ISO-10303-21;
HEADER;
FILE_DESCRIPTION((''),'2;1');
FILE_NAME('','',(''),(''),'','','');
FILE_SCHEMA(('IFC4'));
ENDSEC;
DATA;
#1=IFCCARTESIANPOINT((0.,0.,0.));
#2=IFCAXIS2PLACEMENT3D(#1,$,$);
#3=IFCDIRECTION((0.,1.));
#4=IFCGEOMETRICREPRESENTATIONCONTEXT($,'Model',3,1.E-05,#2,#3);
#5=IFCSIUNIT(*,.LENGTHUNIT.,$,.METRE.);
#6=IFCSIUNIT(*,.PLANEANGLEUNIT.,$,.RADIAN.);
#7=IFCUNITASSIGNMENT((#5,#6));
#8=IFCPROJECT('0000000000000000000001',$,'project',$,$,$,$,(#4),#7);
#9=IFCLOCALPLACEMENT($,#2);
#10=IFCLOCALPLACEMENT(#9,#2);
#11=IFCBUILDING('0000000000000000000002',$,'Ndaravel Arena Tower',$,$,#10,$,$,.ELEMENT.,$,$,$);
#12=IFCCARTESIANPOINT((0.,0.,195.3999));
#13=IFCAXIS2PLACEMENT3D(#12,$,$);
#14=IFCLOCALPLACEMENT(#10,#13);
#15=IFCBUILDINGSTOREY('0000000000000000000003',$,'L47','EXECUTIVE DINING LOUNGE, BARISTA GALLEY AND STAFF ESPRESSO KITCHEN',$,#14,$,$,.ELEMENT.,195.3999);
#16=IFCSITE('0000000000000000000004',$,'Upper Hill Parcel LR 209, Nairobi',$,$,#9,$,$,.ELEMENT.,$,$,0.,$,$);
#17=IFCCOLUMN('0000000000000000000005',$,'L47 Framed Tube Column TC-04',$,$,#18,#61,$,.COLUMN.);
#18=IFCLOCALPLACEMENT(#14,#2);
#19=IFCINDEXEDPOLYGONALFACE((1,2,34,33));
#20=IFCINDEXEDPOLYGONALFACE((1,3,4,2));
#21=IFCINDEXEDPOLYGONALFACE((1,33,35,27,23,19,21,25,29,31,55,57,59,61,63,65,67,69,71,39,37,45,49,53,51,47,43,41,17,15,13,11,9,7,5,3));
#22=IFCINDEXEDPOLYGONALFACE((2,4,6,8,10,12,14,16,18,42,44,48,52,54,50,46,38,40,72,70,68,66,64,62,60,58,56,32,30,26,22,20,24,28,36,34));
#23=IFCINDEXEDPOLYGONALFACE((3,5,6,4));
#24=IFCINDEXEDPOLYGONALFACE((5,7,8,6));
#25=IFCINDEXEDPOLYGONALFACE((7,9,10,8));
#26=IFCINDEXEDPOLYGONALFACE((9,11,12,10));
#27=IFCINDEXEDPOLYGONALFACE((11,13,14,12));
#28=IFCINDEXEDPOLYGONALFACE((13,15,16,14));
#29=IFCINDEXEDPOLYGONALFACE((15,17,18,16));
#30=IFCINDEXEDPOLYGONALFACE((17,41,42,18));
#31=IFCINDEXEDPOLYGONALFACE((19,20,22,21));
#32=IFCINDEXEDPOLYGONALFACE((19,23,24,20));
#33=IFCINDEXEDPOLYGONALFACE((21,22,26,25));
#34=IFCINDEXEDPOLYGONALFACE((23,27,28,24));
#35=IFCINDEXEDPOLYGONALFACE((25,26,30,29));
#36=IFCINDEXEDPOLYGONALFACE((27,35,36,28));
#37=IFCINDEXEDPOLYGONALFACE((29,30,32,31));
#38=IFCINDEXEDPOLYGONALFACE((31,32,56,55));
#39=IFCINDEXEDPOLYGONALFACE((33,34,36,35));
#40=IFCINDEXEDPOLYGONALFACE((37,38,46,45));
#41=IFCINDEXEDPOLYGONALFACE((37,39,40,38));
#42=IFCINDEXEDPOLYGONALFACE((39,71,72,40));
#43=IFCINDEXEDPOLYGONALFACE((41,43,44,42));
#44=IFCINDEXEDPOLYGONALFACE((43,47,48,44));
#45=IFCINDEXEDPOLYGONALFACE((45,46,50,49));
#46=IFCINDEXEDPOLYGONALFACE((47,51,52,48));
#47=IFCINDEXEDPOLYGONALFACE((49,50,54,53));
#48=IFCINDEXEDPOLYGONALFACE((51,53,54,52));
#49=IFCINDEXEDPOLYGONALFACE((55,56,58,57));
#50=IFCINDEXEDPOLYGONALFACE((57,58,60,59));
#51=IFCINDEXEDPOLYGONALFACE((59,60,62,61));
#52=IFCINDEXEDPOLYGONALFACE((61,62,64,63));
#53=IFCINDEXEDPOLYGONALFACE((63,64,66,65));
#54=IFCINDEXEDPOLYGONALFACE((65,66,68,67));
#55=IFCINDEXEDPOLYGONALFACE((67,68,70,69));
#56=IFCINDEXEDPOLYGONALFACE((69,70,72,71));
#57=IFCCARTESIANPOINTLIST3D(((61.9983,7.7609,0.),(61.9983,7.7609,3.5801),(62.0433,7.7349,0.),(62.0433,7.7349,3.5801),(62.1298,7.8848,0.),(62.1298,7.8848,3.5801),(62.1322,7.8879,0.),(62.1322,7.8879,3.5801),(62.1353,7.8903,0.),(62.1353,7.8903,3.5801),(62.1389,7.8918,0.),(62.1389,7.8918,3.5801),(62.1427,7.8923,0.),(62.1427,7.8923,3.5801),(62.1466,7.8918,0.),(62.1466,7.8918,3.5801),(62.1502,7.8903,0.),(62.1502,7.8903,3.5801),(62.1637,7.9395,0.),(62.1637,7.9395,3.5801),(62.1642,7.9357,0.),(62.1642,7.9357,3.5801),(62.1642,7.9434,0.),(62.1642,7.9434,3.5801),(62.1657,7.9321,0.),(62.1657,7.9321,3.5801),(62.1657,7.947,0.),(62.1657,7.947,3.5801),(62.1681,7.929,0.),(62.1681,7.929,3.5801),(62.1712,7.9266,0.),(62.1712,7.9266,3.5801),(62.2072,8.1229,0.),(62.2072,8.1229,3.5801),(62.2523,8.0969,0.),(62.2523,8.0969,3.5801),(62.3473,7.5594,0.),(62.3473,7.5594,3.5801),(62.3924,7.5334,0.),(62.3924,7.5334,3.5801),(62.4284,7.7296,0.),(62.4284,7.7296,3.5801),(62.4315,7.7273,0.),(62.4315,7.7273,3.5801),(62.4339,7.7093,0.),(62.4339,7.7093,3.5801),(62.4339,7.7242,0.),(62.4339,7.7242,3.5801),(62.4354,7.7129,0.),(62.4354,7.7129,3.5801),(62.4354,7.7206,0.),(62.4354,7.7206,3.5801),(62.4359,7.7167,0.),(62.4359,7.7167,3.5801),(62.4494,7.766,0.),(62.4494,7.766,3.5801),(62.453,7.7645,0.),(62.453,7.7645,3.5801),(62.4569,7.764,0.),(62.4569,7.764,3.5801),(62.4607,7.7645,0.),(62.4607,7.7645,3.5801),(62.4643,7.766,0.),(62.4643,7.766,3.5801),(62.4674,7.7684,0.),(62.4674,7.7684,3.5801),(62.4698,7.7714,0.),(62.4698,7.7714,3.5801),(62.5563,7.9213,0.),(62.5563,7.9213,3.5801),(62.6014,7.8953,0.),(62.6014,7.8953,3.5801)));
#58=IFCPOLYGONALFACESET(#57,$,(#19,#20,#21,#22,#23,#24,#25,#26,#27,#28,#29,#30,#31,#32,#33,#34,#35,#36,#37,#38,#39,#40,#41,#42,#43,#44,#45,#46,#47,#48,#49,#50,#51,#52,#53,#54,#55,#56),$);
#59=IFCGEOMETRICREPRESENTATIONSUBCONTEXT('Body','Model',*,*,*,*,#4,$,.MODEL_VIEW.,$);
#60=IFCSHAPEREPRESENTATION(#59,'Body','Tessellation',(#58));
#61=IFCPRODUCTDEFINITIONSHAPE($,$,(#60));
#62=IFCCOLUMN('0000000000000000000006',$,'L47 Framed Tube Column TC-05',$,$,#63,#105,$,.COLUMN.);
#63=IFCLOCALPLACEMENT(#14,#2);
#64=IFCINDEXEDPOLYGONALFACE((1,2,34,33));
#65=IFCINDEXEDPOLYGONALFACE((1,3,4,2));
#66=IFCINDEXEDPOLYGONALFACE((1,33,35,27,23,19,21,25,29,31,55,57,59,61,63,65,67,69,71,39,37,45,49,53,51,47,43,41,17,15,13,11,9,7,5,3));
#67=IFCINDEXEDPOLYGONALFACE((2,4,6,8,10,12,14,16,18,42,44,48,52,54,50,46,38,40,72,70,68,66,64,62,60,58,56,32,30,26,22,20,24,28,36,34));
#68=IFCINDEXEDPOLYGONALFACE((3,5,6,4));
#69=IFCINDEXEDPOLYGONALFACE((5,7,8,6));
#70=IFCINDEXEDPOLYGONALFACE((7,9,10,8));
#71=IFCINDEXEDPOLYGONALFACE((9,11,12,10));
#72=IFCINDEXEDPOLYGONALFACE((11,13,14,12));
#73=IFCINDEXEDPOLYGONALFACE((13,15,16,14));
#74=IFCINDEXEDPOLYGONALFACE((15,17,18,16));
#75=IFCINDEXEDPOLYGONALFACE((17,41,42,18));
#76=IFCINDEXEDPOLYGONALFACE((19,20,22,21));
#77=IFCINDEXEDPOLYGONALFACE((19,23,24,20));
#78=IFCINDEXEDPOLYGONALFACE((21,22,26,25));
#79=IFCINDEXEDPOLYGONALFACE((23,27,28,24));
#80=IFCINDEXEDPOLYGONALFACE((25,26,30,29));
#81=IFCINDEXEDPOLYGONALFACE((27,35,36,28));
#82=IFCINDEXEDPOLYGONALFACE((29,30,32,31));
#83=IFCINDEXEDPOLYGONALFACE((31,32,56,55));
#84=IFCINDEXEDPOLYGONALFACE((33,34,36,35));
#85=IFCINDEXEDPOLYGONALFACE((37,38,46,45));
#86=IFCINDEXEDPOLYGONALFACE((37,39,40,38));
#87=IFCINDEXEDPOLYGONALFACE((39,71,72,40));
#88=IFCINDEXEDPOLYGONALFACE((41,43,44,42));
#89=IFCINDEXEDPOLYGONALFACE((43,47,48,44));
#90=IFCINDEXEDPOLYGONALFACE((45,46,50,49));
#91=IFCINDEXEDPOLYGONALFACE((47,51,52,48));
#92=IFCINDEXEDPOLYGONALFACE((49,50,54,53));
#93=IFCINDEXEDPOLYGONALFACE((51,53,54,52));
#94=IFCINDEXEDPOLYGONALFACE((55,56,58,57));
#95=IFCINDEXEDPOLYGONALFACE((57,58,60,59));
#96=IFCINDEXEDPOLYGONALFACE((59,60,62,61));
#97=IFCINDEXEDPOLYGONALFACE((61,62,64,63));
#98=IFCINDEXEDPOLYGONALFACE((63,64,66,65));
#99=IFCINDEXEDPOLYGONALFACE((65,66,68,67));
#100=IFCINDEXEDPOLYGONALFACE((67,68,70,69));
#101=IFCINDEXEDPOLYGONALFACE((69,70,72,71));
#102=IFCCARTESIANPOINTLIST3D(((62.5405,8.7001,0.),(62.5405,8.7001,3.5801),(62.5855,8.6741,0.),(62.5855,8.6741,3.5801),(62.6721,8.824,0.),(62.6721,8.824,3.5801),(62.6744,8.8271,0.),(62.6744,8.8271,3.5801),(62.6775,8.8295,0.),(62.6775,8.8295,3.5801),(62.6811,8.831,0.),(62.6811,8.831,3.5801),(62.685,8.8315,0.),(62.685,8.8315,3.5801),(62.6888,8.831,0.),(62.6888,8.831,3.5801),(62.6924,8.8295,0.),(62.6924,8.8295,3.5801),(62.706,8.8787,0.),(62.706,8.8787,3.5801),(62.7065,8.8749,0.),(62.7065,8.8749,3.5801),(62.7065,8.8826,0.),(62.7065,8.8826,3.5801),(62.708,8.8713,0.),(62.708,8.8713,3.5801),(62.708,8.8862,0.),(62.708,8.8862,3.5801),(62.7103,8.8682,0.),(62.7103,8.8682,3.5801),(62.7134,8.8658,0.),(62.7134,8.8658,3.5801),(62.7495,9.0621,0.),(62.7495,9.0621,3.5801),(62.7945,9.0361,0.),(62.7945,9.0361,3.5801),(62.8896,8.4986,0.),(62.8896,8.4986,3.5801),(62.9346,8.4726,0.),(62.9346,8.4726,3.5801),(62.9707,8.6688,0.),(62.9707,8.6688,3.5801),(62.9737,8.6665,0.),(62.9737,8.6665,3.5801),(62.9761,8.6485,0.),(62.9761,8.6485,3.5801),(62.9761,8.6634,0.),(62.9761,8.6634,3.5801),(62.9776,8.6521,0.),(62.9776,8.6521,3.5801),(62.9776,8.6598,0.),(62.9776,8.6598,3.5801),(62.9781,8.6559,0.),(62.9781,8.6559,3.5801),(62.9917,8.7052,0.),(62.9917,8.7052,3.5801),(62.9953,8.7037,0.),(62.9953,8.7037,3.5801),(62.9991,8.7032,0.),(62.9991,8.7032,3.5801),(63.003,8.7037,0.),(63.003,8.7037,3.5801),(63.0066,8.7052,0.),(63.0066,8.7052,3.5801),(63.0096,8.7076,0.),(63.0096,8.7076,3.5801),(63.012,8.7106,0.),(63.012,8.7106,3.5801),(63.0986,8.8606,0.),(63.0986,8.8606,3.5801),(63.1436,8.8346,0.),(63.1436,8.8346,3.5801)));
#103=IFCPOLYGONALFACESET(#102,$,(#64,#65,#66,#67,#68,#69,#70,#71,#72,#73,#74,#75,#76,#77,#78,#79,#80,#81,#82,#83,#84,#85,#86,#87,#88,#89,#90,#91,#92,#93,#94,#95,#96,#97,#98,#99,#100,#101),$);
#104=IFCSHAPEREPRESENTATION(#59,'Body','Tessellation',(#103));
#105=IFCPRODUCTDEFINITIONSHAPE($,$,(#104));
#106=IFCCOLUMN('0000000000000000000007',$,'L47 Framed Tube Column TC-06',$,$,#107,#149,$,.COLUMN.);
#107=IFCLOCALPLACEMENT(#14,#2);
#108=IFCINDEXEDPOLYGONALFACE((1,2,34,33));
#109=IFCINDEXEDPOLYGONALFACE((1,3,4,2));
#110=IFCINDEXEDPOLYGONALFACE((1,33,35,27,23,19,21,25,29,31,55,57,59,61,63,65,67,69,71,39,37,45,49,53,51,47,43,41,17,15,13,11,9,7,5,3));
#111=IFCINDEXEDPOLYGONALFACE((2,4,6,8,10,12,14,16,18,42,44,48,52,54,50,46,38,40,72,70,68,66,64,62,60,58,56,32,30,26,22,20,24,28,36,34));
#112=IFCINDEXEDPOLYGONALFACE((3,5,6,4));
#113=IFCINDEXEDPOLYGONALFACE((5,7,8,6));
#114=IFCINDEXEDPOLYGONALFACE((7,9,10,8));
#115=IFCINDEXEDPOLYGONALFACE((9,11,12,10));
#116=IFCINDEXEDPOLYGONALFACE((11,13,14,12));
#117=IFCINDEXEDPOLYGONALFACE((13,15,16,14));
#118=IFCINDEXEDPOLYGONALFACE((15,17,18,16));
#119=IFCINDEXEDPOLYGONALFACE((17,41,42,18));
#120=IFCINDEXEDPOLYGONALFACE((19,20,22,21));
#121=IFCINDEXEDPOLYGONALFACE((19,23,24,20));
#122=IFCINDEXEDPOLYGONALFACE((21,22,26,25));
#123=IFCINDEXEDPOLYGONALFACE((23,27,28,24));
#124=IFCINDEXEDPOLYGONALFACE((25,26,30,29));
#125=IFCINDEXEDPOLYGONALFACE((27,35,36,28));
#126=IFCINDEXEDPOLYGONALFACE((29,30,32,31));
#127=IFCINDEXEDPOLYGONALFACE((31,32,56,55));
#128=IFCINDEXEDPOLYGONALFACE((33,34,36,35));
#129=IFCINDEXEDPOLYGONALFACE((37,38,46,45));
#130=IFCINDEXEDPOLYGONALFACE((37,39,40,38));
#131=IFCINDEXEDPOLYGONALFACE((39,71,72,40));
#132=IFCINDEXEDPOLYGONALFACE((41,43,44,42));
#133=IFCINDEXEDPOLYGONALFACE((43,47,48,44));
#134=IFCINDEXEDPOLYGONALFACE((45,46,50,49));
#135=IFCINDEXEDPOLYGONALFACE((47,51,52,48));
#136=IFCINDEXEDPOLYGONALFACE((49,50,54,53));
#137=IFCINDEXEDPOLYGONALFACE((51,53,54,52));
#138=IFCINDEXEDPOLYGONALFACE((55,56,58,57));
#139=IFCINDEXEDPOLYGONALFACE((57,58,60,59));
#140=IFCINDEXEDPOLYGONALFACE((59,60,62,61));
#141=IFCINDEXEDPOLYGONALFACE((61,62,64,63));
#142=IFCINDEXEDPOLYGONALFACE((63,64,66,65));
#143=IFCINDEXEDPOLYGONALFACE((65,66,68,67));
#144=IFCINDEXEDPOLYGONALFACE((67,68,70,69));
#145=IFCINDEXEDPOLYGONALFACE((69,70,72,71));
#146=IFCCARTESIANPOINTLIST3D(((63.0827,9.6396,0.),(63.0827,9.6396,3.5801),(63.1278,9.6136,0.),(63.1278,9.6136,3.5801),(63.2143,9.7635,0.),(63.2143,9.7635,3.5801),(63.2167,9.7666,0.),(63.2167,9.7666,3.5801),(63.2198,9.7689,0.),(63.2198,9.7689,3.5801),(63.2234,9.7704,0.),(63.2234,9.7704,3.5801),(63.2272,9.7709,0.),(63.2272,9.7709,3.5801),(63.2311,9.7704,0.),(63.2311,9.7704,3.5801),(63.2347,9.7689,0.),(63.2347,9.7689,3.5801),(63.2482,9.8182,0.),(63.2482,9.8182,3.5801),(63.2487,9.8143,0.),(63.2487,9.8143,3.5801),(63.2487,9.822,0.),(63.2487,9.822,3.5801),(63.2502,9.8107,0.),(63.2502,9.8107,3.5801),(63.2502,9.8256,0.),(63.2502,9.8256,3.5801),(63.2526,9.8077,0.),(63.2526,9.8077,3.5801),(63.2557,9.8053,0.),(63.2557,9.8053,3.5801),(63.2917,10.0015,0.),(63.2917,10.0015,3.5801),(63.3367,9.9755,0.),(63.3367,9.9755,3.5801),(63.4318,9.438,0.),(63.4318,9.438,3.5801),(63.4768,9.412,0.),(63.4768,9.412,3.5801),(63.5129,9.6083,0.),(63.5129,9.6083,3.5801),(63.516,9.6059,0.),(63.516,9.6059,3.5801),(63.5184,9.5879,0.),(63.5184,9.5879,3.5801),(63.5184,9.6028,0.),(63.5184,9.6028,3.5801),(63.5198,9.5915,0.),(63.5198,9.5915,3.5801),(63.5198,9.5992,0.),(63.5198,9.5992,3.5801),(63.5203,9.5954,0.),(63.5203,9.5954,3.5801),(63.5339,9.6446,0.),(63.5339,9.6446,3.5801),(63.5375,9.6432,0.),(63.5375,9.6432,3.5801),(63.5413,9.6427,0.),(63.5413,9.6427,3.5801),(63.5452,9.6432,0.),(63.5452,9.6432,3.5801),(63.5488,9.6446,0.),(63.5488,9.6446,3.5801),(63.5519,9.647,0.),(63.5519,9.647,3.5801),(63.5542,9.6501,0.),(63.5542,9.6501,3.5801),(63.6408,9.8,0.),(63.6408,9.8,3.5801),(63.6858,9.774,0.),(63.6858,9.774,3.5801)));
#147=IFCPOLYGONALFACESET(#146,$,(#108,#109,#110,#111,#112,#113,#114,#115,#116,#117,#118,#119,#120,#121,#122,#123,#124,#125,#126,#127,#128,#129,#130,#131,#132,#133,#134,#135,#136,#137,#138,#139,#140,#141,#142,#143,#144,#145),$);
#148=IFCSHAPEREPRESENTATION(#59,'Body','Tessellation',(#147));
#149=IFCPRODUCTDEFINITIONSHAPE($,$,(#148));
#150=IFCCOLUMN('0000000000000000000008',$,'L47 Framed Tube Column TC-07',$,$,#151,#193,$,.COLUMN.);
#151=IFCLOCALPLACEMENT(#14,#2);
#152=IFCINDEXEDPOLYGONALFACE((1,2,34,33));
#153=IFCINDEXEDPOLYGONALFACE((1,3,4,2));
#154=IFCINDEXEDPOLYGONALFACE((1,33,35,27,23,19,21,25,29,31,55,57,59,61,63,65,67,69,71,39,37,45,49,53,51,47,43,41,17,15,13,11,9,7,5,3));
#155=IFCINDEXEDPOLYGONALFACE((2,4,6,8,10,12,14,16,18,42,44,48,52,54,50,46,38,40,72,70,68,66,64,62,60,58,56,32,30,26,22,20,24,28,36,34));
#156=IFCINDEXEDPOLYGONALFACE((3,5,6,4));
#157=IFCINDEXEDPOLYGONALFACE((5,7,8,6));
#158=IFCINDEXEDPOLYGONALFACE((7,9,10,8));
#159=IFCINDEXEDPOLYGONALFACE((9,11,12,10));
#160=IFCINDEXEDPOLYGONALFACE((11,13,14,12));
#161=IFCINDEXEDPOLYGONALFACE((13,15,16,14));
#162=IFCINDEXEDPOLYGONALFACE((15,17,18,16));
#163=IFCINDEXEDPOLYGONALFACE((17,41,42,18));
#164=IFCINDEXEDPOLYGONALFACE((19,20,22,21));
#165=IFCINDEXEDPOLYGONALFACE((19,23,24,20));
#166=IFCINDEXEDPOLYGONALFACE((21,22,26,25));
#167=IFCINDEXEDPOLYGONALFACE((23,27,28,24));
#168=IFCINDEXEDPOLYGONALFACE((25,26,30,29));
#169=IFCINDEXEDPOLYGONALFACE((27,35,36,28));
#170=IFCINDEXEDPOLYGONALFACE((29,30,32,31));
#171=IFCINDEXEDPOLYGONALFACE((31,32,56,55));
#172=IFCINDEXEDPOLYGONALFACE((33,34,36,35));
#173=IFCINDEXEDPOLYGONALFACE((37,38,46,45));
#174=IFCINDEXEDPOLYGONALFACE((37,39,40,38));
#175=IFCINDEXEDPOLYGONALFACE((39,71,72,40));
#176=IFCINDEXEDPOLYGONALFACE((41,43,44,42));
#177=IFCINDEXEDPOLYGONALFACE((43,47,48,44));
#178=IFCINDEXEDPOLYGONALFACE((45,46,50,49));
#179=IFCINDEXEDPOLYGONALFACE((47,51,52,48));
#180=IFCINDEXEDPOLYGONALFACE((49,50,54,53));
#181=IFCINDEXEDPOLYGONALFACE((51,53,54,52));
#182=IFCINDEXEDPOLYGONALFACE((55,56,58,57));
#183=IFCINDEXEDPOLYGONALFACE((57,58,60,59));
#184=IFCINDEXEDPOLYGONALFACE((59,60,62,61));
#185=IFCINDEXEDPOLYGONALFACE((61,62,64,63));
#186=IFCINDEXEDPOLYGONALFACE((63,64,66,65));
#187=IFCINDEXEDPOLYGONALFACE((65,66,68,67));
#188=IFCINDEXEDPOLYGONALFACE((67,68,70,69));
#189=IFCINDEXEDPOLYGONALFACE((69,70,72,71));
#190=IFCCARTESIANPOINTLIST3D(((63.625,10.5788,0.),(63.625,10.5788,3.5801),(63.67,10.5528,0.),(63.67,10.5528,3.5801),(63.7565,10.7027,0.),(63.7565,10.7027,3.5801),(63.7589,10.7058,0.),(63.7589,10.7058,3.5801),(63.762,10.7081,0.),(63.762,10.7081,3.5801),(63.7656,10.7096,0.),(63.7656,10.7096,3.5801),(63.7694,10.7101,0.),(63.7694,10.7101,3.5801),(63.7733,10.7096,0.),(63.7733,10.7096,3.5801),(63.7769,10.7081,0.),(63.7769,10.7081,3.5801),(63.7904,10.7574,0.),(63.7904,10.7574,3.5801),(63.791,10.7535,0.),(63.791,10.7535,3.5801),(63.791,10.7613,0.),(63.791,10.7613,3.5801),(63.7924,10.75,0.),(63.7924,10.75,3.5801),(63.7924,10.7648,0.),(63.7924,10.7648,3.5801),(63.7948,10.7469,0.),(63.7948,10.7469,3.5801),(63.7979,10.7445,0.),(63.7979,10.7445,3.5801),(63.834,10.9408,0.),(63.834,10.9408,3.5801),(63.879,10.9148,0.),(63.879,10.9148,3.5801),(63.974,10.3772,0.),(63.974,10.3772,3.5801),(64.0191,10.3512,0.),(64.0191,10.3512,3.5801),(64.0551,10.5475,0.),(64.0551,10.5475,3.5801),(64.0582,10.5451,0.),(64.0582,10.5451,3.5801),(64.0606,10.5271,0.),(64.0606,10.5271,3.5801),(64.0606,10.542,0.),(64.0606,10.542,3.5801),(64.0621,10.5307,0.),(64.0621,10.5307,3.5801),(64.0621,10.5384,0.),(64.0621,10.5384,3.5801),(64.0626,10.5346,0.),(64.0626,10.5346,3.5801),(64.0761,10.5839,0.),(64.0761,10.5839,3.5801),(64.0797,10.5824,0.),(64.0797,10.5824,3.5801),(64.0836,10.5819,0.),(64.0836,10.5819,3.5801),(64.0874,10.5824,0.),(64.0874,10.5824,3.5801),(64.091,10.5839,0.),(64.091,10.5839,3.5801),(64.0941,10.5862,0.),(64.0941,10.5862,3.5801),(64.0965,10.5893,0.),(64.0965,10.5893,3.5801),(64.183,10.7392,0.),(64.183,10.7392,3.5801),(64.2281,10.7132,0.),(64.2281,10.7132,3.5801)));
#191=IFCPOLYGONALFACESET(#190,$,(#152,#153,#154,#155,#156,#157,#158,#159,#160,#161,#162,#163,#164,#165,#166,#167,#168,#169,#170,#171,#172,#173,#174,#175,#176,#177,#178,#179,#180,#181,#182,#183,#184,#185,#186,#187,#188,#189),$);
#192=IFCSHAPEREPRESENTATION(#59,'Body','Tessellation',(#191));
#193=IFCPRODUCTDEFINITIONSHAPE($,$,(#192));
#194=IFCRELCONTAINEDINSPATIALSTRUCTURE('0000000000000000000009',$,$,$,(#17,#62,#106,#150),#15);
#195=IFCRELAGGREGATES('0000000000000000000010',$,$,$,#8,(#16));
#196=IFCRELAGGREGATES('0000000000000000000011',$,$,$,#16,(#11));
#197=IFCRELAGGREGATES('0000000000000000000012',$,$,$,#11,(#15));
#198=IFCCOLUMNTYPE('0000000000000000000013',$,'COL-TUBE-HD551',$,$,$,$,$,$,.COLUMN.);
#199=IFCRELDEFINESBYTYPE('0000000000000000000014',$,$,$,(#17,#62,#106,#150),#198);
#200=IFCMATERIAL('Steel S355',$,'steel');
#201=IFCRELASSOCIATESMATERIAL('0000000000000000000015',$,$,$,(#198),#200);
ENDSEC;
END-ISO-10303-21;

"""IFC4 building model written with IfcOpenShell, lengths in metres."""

from ifc_helpers import new_model, si_unit, direction, frame, origin, origin_2d, place, context, subcontext, project, spatial, i_section, extrude, material, material_profile, profile_set, type_object, element, save


model = new_model("IFC4")

# Units and contexts
model_context = context("Model", 3, precision=1e-05, world=origin(), true_north=direction((0.0, 1.0)))
body_context = subcontext(model_context, "Body", "Model", "MODEL_VIEW")
ifc_project = project(units=[si_unit("LENGTHUNIT", "METRE"), si_unit("PLANEANGLEUNIT", "RADIAN")], contexts=[model_context])

# Site, building, storey
site_placement = place(None, origin())
site = spatial("IfcSite", under=ifc_project, at=site_placement, Name="Upper Hill Parcel LR 209, Nairobi", CompositionType="ELEMENT", RefElevation=0.0)
building_placement = place(site_placement, origin())
building = spatial("IfcBuilding", under=site, at=building_placement, Name="Ndaravel Arena Tower", CompositionType="ELEMENT")
storey_placement = place(building_placement, frame((0.0, 0.0, 195.3999)))
storey = spatial("IfcBuildingStorey", under=building, at=storey_placement, Name="L47", Description="EXECUTIVE DINING LOUNGE, BARISTA GALLEY AND STAFF ESPRESSO KITCHEN", CompositionType="ELEMENT", Elevation=195.3999)

# Columns
ifc_material_1 = material(Name="Steel S355", Category="steel")
ifc_material_profile_1 = material_profile(ifc_material_1, i_section(OverallWidth=0.418, OverallDepth=0.4551, WebThickness=0.042, FlangeThickness=0.052, FilletRadius=0.0149, at=origin_2d()), Name="HD 400x551")
ifc_profile_set_1 = profile_set([ifc_material_profile_1], Name="Steel S355")
column_type = type_object("IfcColumnType", Name="COL-TUBE-HD551", PredefinedType="COLUMN", material=ifc_profile_set_1)
for number, where, z_axis, x_axis, name in (
    (1, (62.2998, 7.8281, 0.0), (0.0, 0.0, 1.0), (0.5, 0.866025, 0.0), "L47 Framed Tube Column TC-04"),
    (2, (62.842, 8.7673, 0.0), (0.0, 0.0, 1.0), (0.5, 0.866025, 0.0), "L47 Framed Tube Column TC-05"),
    (3, (63.3843, 9.7068, 0.0), (0.0, 0.0, 1.0), (0.5, 0.866025, 0.0), "L47 Framed Tube Column TC-06"),
    (4, (63.9265, 10.646, 0.0), (0.0, 0.0, 1.0), (0.5, 0.866025, 0.0), "L47 Framed Tube Column TC-07"),
):
    element("IfcColumn", number, at=place(storey_placement, frame(where, z_axis=z_axis, x_axis=x_axis)), inside=storey, type_object=column_type, Name=name, PredefinedType="COLUMN", context=body_context, shape_type="SweptSolid", body=[
        extrude(i_section(OverallWidth=0.418, OverallDepth=0.4551, WebThickness=0.042, FlangeThickness=0.052, FilletRadius=0.0149, at=origin_2d()), origin(), (0.0, 0.0, 1.0), 3.5801),
    ])

save(model, "model.ifc")
